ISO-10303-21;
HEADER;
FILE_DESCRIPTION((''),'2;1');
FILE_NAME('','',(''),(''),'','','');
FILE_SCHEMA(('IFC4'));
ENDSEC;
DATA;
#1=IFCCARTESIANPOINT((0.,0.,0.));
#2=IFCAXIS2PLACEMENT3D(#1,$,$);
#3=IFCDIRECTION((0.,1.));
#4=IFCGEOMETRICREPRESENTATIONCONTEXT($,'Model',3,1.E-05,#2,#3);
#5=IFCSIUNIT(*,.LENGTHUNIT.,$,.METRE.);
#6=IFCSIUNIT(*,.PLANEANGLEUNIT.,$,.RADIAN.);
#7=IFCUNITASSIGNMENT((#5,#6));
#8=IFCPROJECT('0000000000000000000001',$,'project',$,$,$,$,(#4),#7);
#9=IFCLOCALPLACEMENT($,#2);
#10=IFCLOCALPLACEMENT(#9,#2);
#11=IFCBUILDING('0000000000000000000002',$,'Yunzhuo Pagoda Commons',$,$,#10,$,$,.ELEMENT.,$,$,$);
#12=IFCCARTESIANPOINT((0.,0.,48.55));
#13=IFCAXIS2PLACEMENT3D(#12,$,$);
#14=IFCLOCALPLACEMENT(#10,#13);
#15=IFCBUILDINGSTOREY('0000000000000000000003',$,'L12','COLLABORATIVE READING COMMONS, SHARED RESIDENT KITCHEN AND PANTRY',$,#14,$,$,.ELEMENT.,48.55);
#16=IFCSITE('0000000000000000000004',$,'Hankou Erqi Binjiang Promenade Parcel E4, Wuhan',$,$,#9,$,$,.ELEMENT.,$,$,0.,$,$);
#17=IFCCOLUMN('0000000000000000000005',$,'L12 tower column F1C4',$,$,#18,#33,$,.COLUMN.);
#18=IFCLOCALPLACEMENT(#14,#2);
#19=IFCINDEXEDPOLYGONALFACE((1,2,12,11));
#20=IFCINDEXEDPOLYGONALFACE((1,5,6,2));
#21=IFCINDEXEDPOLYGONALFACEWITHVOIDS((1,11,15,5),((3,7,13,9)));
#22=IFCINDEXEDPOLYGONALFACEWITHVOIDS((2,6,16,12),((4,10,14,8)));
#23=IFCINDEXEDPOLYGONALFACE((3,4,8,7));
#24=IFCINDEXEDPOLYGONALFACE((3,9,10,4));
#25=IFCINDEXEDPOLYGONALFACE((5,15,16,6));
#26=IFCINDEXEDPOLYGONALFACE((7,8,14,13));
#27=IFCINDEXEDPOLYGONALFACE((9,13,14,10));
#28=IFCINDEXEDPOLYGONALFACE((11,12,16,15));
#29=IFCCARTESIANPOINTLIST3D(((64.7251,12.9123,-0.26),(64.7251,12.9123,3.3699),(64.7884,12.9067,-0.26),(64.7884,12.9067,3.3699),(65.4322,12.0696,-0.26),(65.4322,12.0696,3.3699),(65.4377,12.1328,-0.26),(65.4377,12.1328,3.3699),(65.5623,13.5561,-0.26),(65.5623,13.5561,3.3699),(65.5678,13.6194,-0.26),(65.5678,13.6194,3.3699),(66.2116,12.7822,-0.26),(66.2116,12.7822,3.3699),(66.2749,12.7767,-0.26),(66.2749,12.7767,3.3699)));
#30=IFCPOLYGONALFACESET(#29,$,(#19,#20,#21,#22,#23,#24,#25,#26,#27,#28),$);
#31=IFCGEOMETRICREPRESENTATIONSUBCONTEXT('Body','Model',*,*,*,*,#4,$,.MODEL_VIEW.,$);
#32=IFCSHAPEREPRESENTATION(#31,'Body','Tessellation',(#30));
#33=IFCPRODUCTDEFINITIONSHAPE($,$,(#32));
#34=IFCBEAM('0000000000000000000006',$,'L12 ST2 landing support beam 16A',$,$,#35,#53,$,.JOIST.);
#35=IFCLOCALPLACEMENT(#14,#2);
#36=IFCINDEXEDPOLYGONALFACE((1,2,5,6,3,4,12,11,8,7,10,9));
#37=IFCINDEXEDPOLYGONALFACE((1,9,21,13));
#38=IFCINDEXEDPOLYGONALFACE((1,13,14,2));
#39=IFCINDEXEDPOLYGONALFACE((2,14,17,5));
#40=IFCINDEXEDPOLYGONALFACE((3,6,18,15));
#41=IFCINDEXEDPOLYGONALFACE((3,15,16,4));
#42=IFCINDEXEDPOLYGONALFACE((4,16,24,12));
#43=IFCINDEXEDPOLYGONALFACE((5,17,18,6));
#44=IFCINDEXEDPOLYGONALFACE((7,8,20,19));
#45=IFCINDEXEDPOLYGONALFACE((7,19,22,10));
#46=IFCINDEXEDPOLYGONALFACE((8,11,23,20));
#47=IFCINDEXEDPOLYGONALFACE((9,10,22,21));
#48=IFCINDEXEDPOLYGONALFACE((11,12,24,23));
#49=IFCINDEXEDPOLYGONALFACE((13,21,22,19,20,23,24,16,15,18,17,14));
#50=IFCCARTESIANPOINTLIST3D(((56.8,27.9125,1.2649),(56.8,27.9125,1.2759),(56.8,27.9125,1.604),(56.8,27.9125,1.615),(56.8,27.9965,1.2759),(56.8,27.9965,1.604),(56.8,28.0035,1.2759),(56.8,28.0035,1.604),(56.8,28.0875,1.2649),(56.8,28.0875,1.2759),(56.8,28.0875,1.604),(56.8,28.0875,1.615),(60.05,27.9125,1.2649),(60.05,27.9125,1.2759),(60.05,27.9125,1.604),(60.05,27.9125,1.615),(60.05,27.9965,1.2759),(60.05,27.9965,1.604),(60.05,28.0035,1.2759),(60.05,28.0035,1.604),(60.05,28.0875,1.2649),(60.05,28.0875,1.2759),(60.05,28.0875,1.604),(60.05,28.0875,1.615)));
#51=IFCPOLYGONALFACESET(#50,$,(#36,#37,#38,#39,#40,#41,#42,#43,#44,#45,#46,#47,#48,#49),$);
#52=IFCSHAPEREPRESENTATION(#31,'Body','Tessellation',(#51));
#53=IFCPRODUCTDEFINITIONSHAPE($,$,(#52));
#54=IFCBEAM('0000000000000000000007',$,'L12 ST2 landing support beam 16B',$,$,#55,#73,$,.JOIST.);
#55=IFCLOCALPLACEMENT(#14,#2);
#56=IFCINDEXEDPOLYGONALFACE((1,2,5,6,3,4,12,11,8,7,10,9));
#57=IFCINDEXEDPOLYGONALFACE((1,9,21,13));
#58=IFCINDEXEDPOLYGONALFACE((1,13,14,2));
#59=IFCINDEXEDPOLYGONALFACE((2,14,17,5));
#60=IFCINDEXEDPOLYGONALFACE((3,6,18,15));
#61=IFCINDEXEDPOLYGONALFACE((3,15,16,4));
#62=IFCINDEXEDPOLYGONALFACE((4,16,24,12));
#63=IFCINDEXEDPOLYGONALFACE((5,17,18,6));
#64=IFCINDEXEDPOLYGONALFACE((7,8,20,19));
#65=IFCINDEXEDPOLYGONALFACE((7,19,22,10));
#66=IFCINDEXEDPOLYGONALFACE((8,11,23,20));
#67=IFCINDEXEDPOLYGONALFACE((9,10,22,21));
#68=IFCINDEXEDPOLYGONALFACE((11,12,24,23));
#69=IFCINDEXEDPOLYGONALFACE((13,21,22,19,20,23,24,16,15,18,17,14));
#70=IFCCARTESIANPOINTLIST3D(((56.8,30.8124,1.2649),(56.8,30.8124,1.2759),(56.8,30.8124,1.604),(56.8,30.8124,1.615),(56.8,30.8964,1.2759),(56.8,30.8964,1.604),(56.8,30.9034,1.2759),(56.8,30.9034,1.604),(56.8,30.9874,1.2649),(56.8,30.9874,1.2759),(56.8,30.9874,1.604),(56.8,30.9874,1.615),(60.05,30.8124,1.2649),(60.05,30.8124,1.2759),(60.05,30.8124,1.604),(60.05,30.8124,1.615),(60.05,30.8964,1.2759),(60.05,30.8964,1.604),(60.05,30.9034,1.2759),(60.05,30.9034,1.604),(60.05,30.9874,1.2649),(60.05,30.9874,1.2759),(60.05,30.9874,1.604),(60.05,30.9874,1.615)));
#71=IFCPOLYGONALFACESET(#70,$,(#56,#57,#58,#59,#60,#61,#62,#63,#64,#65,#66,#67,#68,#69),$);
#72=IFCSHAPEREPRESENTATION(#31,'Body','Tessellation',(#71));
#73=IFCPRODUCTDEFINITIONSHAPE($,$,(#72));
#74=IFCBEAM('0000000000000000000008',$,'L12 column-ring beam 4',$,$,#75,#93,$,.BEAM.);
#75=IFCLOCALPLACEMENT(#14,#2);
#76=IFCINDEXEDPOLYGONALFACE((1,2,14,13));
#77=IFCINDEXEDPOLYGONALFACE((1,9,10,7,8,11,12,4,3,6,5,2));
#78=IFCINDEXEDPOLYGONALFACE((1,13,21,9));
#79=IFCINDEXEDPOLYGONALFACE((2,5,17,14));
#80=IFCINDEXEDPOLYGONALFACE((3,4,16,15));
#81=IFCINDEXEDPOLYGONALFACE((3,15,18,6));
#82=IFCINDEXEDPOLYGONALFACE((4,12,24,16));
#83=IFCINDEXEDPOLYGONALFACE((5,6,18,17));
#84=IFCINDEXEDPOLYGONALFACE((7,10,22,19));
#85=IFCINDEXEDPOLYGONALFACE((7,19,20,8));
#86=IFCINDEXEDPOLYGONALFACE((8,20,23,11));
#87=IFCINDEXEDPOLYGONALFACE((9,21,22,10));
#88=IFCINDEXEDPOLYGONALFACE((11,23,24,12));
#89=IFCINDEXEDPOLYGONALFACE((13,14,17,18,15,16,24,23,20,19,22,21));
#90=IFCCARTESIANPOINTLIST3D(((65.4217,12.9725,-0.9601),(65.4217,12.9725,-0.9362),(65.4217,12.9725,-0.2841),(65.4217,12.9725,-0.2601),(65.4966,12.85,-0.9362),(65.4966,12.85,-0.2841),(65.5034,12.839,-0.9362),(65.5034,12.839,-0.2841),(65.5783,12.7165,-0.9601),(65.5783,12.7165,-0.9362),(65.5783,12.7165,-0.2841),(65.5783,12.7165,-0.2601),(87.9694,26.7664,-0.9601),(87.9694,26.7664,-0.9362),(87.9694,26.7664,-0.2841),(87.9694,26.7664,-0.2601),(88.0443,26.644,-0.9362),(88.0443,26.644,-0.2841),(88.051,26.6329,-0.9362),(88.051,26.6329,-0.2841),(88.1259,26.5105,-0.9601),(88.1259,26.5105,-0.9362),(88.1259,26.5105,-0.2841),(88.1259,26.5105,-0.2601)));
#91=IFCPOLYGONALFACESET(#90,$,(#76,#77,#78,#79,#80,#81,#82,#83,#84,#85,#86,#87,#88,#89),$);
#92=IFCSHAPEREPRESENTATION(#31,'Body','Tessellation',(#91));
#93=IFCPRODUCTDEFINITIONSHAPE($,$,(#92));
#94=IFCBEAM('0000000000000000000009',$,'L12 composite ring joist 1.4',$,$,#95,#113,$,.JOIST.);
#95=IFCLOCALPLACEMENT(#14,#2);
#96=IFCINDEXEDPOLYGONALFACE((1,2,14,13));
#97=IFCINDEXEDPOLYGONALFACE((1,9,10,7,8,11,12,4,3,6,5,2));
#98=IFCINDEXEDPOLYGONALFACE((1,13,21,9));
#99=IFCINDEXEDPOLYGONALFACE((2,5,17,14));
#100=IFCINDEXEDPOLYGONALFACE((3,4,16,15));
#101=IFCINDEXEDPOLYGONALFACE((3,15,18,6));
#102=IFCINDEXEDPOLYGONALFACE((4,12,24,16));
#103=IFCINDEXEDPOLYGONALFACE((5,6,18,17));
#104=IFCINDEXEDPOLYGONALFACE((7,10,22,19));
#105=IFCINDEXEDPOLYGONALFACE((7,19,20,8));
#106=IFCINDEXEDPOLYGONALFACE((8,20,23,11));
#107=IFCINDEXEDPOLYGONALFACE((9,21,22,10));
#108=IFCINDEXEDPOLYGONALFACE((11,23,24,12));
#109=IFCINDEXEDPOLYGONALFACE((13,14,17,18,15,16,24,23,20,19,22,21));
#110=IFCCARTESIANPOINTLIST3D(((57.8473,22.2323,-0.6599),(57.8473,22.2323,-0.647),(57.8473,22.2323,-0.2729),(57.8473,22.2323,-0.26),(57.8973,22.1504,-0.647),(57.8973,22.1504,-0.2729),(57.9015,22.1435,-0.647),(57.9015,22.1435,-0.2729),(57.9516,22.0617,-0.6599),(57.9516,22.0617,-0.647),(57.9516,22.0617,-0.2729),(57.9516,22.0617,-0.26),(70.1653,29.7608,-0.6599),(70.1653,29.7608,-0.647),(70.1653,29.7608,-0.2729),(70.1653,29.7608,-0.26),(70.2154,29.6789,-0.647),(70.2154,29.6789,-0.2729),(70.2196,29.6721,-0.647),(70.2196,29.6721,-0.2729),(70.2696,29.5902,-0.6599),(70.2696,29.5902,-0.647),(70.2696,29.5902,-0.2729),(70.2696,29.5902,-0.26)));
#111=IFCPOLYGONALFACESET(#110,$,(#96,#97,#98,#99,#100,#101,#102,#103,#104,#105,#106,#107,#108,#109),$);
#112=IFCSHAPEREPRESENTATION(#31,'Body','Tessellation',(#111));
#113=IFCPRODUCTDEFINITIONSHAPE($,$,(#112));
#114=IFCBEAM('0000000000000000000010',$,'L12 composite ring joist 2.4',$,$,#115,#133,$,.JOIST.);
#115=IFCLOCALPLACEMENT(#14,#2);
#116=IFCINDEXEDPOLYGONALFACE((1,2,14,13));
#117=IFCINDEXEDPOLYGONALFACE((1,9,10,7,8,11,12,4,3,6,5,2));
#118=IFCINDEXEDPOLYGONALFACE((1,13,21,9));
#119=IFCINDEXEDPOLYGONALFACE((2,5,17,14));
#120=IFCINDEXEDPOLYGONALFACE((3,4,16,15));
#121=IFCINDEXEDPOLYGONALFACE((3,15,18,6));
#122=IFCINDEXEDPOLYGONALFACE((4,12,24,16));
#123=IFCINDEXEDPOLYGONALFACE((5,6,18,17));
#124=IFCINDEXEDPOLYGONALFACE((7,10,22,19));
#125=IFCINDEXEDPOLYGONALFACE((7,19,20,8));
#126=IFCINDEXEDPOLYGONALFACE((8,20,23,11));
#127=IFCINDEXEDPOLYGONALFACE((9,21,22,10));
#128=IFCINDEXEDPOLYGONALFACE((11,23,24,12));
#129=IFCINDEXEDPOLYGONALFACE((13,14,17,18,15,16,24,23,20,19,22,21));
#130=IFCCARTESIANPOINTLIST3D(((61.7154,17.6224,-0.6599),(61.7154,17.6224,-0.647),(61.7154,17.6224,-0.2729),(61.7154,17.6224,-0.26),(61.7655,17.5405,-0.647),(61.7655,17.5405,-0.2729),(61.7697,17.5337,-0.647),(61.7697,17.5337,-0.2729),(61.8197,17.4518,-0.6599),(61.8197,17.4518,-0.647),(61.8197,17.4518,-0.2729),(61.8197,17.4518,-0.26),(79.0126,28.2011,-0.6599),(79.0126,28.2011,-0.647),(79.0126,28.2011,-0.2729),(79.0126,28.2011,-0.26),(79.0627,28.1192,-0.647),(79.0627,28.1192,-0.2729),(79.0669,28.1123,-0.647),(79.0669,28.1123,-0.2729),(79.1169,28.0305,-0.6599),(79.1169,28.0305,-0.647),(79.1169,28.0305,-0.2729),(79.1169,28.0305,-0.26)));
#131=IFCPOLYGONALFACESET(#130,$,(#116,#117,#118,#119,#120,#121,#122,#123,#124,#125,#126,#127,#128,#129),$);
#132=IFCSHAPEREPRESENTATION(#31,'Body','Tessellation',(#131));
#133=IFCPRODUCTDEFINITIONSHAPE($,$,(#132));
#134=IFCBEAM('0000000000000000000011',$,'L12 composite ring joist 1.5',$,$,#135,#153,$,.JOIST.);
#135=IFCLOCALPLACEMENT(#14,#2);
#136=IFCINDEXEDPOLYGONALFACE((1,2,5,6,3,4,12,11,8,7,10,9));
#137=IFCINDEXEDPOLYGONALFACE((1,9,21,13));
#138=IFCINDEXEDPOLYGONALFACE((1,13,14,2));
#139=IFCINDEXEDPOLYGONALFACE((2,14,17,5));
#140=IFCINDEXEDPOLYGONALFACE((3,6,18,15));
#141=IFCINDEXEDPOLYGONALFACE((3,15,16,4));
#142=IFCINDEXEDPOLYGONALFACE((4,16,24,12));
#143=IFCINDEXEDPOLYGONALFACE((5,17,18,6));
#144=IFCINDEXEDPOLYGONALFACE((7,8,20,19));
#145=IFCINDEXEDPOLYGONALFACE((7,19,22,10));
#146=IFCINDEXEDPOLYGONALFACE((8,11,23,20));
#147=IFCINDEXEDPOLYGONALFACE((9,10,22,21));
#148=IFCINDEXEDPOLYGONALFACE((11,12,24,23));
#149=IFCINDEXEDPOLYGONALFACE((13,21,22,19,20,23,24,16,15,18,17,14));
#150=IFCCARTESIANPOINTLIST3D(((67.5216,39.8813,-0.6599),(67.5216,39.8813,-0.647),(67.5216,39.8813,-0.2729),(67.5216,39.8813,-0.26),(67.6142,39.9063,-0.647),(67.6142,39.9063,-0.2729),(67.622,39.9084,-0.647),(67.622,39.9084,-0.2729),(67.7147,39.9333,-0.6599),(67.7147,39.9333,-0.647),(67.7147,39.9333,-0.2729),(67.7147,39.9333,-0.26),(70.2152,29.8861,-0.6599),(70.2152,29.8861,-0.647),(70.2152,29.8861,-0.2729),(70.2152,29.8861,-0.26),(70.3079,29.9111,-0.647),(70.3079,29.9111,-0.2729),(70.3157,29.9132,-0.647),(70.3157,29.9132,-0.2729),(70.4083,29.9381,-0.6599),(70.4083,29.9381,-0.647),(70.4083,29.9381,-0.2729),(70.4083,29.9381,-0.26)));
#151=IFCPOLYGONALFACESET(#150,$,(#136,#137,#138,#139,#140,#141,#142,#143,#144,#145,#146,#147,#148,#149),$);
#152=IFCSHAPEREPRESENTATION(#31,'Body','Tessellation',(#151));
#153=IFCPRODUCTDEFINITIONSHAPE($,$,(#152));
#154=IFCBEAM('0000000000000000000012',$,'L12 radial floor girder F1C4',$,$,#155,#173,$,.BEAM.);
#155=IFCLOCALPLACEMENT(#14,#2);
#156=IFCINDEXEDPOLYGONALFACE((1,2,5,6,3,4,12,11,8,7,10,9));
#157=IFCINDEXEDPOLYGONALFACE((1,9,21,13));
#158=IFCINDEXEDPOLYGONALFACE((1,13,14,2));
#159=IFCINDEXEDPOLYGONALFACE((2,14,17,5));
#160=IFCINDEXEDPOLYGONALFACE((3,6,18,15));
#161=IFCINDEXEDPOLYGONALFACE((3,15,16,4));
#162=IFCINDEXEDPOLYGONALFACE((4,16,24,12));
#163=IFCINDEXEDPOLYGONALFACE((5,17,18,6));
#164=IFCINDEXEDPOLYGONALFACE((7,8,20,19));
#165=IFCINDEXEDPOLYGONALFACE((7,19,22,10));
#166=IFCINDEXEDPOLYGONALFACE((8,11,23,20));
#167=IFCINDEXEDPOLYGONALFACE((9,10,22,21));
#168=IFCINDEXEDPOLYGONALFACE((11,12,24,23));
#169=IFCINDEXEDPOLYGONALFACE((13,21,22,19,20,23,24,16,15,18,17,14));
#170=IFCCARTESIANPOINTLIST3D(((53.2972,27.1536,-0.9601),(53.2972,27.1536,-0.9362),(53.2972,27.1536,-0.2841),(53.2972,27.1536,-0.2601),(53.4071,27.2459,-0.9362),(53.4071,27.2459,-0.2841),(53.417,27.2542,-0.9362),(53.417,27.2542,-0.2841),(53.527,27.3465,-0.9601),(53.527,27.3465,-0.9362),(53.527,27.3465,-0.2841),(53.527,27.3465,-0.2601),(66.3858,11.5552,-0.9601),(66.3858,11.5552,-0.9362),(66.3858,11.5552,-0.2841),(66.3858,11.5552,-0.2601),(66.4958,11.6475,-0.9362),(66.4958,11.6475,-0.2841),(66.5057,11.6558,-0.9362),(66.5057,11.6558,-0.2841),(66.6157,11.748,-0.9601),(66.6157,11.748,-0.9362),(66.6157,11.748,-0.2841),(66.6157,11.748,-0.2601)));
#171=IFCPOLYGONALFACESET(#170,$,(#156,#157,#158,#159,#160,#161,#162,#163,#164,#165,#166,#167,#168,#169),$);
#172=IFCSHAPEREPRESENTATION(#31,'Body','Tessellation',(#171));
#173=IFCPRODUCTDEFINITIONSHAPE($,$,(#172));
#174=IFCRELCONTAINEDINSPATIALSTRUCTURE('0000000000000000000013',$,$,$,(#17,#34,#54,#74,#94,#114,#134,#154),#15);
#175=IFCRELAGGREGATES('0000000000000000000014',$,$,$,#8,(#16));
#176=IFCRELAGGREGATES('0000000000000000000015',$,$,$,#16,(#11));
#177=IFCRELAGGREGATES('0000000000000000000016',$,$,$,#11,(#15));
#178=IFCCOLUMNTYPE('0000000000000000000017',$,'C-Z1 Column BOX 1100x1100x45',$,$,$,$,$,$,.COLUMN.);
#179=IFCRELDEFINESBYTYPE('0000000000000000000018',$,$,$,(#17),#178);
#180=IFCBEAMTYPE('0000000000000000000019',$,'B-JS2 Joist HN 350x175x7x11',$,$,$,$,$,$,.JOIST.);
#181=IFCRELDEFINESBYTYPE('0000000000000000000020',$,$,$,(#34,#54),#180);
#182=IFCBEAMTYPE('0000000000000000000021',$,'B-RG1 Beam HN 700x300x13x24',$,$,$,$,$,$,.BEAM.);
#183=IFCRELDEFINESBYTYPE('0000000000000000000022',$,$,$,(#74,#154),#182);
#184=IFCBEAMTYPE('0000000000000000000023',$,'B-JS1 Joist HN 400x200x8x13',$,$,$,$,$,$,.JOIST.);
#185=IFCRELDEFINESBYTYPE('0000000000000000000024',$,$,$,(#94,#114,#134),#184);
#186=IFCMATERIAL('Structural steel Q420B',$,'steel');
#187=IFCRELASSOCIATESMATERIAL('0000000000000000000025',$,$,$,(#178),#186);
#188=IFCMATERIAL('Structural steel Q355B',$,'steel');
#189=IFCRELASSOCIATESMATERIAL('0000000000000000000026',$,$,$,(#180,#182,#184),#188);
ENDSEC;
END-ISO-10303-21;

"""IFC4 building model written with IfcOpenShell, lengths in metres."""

from ifc_helpers import new_model, si_unit, direction, frame, origin, origin_2d, place, context, subcontext, project, spatial, hollow_rectangle, i_section, extrude, source, transform, mapped, material, material_profile, profile_set, type_object, element, save


model = new_model("IFC4")

# Units and contexts
model_context = context("Model", 3, precision=1e-05, world=origin(), true_north=direction((0.0, 1.0)))
body_context = subcontext(model_context, "Body", "Model", "MODEL_VIEW")
ifc_project = project(units=[si_unit("LENGTHUNIT", "METRE"), si_unit("PLANEANGLEUNIT", "RADIAN")], contexts=[model_context])

# Site, building, storey
site_placement = place(None, origin())
site = spatial("IfcSite", under=ifc_project, at=site_placement, Name="Hankou Erqi Binjiang Promenade Parcel E4, Wuhan", CompositionType="ELEMENT", RefElevation=0.0)
building_placement = place(site_placement, origin())
building = spatial("IfcBuilding", under=site, at=building_placement, Name="Yunzhuo Pagoda Commons", CompositionType="ELEMENT")
storey_placement = place(building_placement, frame((0.0, 0.0, 48.55)))
storey = spatial("IfcBuildingStorey", under=building, at=storey_placement, Name="L12", Description="COLLABORATIVE READING COMMONS, SHARED RESIDENT KITCHEN AND PANTRY", CompositionType="ELEMENT", Elevation=48.55)

# Column
ifc_material_1 = material(Name="Structural steel Q420B", Category="steel")
ifc_material_profile_1 = material_profile(ifc_material_1, hollow_rectangle(XDim=1.1001, YDim=1.1001, WallThickness=0.0449, at=origin_2d()), Name="Structural steel Q420B")
ifc_profile_set_1 = profile_set([ifc_material_profile_1], Name="Structural steel Q420B")
column_type = type_object("IfcColumnType", Name="C-Z1 Column BOX 1100x1100x45", PredefinedType="COLUMN", material=ifc_profile_set_1)
shared_shape_1 = source(origin(), body_context, "Body", "SweptSolid", [
    extrude(hollow_rectangle(XDim=1.1001, YDim=1.1001, WallThickness=0.0449, at=origin_2d()), origin(), (0.0, 0.0, 1.0), 3.6299),
])
column_placement = place(storey_placement, frame((65.5, 12.8445, -0.26), z_axis=(0.0, 0.0, 1.0), x_axis=(0.766044, 0.642788, 0.0)))
element("IfcColumn", 1, at=column_placement, inside=storey, type_object=column_type, Name="L12 tower column F1C4", PredefinedType="COLUMN", context=body_context, shape_type="MappedRepresentation", body=[
    mapped(shared_shape_1, transform((0.0, 0.0, 0.0), scale=1.0)),
])

# Beams
ifc_material_2 = material(Name="Structural steel Q355B", Category="steel")
ifc_material_profile_2 = material_profile(ifc_material_2, i_section(OverallWidth=0.175, OverallDepth=0.3501, WebThickness=0.0071, FlangeThickness=0.011, at=origin_2d()), Name="Structural steel Q355B")
ifc_profile_set_2 = profile_set([ifc_material_profile_2], Name="Structural steel Q355B")
beam_type_1 = type_object("IfcBeamType", Name="B-JS2 Joist HN 350x175x7x11", PredefinedType="JOIST", material=ifc_profile_set_2)
shared_shape_2 = source(origin(), body_context, "Body", "SweptSolid", [
    extrude(i_section(OverallWidth=0.175, OverallDepth=0.3501, WebThickness=0.0071, FlangeThickness=0.011, at=origin_2d()), origin(), (0.0, 0.0, 1.0), 3.25),
])
for number, where, z_axis, x_axis, name in (
    (2, (56.8, 28.0, 1.4399), (1.0, 0.0, 0.0), (0.0, 1.0, 0.0), "L12 ST2 landing support beam 16A"),
    (3, (56.8, 30.8999, 1.4399), (1.0, 0.0, 0.0), (0.0, 1.0, 0.0), "L12 ST2 landing support beam 16B"),
):
    element("IfcBeam", number, at=place(storey_placement, frame(where, z_axis=z_axis, x_axis=x_axis)), inside=storey, type_object=beam_type_1, Name=name, PredefinedType="JOIST", context=body_context, shape_type="MappedRepresentation", body=[
        mapped(shared_shape_2, transform((0.0, 0.0, 0.0), scale=1.0)),
    ])
ifc_material_profile_3 = material_profile(ifc_material_2, i_section(OverallWidth=0.3, OverallDepth=0.7, WebThickness=0.0129, FlangeThickness=0.0239, at=origin_2d()), Name="Structural steel Q355B")
ifc_profile_set_3 = profile_set([ifc_material_profile_3], Name="Structural steel Q355B")
beam_type_2 = type_object("IfcBeamType", Name="B-RG1 Beam HN 700x300x13x24", PredefinedType="BEAM", material=ifc_profile_set_3)
shared_shape_3 = source(origin(), body_context, "Body", "SweptSolid", [
    extrude(i_section(OverallWidth=0.3, OverallDepth=0.7, WebThickness=0.0129, FlangeThickness=0.0239, at=origin_2d()), origin(), (0.0, 0.0, 1.0), 26.4324),
])
beam_1_placement = place(storey_placement, frame((65.5, 12.8445, -0.6101), z_axis=(0.853032, 0.521859, 0.0), x_axis=(-0.521859, 0.853032, 0.0)))
element("IfcBeam", 4, at=beam_1_placement, inside=storey, type_object=beam_type_2, Name="L12 column-ring beam 4", PredefinedType="BEAM", context=body_context, shape_type="MappedRepresentation", body=[
    mapped(shared_shape_3, transform((0.0, 0.0, 0.0), scale=1.0)),
])
ifc_material_profile_4 = material_profile(ifc_material_2, i_section(OverallWidth=0.2, OverallDepth=0.3999, WebThickness=0.0081, FlangeThickness=0.0129, at=origin_2d()), Name="Structural steel Q355B")
ifc_profile_set_4 = profile_set([ifc_material_profile_4], Name="Structural steel Q355B")
beam_type_3 = type_object("IfcBeamType", Name="B-JS1 Joist HN 400x200x8x13", PredefinedType="JOIST", material=ifc_profile_set_4)
shared_shape_4 = source(origin(), body_context, "Body", "SweptSolid", [
    extrude(i_section(OverallWidth=0.2, OverallDepth=0.3999, WebThickness=0.0081, FlangeThickness=0.0129, at=origin_2d()), origin(), (0.0, 0.0, 1.0), 14.4365),
])
beam_2_placement = place(storey_placement, frame((57.8994, 22.147, -0.46), z_axis=(0.853256, 0.521492, 0.0), x_axis=(-0.521492, 0.853256, 0.0)))
element("IfcBeam", 5, at=beam_2_placement, inside=storey, type_object=beam_type_3, Name="L12 composite ring joist 1.4", PredefinedType="JOIST", context=body_context, shape_type="MappedRepresentation", body=[
    mapped(shared_shape_4, transform((0.0, 0.0, 0.0), scale=1.0)),
])
shared_shape_5 = source(origin(), body_context, "Body", "SweptSolid", [
    extrude(i_section(OverallWidth=0.2, OverallDepth=0.3999, WebThickness=0.0081, FlangeThickness=0.0129, at=origin_2d()), origin(), (0.0, 0.0, 1.0), 20.2756),
])
beam_3_placement = place(storey_placement, frame((61.7676, 17.5371, -0.46), z_axis=(0.853103, 0.521743, 0.0), x_axis=(-0.521743, 0.853103, 0.0)))
element("IfcBeam", 6, at=beam_3_placement, inside=storey, type_object=beam_type_3, Name="L12 composite ring joist 2.4", PredefinedType="JOIST", context=body_context, shape_type="MappedRepresentation", body=[
    mapped(shared_shape_5, transform((0.0, 0.0, 0.0), scale=1.0)),
])
shared_shape_6 = source(origin(), body_context, "Body", "SweptSolid", [
    extrude(i_section(OverallWidth=0.2, OverallDepth=0.3999, WebThickness=0.0081, FlangeThickness=0.0129, at=origin_2d()), origin(), (0.0, 0.0, 1.0), 10.3518),
])
beam_4_placement = place(storey_placement, frame((70.3118, 29.9121, -0.46), z_axis=(-0.260209, 0.965552, 0.0), x_axis=(-0.965552, -0.260209, 0.0)))
element("IfcBeam", 7, at=beam_4_placement, inside=storey, type_object=beam_type_3, Name="L12 composite ring joist 1.5", PredefinedType="JOIST", context=body_context, shape_type="MappedRepresentation", body=[
    mapped(shared_shape_6, transform((0.0, 0.0, 0.0), scale=1.0)),
])
shared_shape_7 = source(origin(), body_context, "Body", "SweptSolid", [
    extrude(i_section(OverallWidth=0.3, OverallDepth=0.7, WebThickness=0.0129, FlangeThickness=0.0239, at=origin_2d()), origin(), (0.0, 0.0, 1.0), 20.3623),
])
beam_5_placement = place(storey_placement, frame((66.5007, 11.6516, -0.6101), z_axis=(-0.642788, 0.766044, 0.0), x_axis=(-0.766044, -0.642788, 0.0)))
element("IfcBeam", 8, at=beam_5_placement, inside=storey, type_object=beam_type_2, Name="L12 radial floor girder F1C4", PredefinedType="BEAM", context=body_context, shape_type="MappedRepresentation", body=[
    mapped(shared_shape_7, transform((0.0, 0.0, 0.0), scale=1.0)),
])

save(model, "model.ifc")
